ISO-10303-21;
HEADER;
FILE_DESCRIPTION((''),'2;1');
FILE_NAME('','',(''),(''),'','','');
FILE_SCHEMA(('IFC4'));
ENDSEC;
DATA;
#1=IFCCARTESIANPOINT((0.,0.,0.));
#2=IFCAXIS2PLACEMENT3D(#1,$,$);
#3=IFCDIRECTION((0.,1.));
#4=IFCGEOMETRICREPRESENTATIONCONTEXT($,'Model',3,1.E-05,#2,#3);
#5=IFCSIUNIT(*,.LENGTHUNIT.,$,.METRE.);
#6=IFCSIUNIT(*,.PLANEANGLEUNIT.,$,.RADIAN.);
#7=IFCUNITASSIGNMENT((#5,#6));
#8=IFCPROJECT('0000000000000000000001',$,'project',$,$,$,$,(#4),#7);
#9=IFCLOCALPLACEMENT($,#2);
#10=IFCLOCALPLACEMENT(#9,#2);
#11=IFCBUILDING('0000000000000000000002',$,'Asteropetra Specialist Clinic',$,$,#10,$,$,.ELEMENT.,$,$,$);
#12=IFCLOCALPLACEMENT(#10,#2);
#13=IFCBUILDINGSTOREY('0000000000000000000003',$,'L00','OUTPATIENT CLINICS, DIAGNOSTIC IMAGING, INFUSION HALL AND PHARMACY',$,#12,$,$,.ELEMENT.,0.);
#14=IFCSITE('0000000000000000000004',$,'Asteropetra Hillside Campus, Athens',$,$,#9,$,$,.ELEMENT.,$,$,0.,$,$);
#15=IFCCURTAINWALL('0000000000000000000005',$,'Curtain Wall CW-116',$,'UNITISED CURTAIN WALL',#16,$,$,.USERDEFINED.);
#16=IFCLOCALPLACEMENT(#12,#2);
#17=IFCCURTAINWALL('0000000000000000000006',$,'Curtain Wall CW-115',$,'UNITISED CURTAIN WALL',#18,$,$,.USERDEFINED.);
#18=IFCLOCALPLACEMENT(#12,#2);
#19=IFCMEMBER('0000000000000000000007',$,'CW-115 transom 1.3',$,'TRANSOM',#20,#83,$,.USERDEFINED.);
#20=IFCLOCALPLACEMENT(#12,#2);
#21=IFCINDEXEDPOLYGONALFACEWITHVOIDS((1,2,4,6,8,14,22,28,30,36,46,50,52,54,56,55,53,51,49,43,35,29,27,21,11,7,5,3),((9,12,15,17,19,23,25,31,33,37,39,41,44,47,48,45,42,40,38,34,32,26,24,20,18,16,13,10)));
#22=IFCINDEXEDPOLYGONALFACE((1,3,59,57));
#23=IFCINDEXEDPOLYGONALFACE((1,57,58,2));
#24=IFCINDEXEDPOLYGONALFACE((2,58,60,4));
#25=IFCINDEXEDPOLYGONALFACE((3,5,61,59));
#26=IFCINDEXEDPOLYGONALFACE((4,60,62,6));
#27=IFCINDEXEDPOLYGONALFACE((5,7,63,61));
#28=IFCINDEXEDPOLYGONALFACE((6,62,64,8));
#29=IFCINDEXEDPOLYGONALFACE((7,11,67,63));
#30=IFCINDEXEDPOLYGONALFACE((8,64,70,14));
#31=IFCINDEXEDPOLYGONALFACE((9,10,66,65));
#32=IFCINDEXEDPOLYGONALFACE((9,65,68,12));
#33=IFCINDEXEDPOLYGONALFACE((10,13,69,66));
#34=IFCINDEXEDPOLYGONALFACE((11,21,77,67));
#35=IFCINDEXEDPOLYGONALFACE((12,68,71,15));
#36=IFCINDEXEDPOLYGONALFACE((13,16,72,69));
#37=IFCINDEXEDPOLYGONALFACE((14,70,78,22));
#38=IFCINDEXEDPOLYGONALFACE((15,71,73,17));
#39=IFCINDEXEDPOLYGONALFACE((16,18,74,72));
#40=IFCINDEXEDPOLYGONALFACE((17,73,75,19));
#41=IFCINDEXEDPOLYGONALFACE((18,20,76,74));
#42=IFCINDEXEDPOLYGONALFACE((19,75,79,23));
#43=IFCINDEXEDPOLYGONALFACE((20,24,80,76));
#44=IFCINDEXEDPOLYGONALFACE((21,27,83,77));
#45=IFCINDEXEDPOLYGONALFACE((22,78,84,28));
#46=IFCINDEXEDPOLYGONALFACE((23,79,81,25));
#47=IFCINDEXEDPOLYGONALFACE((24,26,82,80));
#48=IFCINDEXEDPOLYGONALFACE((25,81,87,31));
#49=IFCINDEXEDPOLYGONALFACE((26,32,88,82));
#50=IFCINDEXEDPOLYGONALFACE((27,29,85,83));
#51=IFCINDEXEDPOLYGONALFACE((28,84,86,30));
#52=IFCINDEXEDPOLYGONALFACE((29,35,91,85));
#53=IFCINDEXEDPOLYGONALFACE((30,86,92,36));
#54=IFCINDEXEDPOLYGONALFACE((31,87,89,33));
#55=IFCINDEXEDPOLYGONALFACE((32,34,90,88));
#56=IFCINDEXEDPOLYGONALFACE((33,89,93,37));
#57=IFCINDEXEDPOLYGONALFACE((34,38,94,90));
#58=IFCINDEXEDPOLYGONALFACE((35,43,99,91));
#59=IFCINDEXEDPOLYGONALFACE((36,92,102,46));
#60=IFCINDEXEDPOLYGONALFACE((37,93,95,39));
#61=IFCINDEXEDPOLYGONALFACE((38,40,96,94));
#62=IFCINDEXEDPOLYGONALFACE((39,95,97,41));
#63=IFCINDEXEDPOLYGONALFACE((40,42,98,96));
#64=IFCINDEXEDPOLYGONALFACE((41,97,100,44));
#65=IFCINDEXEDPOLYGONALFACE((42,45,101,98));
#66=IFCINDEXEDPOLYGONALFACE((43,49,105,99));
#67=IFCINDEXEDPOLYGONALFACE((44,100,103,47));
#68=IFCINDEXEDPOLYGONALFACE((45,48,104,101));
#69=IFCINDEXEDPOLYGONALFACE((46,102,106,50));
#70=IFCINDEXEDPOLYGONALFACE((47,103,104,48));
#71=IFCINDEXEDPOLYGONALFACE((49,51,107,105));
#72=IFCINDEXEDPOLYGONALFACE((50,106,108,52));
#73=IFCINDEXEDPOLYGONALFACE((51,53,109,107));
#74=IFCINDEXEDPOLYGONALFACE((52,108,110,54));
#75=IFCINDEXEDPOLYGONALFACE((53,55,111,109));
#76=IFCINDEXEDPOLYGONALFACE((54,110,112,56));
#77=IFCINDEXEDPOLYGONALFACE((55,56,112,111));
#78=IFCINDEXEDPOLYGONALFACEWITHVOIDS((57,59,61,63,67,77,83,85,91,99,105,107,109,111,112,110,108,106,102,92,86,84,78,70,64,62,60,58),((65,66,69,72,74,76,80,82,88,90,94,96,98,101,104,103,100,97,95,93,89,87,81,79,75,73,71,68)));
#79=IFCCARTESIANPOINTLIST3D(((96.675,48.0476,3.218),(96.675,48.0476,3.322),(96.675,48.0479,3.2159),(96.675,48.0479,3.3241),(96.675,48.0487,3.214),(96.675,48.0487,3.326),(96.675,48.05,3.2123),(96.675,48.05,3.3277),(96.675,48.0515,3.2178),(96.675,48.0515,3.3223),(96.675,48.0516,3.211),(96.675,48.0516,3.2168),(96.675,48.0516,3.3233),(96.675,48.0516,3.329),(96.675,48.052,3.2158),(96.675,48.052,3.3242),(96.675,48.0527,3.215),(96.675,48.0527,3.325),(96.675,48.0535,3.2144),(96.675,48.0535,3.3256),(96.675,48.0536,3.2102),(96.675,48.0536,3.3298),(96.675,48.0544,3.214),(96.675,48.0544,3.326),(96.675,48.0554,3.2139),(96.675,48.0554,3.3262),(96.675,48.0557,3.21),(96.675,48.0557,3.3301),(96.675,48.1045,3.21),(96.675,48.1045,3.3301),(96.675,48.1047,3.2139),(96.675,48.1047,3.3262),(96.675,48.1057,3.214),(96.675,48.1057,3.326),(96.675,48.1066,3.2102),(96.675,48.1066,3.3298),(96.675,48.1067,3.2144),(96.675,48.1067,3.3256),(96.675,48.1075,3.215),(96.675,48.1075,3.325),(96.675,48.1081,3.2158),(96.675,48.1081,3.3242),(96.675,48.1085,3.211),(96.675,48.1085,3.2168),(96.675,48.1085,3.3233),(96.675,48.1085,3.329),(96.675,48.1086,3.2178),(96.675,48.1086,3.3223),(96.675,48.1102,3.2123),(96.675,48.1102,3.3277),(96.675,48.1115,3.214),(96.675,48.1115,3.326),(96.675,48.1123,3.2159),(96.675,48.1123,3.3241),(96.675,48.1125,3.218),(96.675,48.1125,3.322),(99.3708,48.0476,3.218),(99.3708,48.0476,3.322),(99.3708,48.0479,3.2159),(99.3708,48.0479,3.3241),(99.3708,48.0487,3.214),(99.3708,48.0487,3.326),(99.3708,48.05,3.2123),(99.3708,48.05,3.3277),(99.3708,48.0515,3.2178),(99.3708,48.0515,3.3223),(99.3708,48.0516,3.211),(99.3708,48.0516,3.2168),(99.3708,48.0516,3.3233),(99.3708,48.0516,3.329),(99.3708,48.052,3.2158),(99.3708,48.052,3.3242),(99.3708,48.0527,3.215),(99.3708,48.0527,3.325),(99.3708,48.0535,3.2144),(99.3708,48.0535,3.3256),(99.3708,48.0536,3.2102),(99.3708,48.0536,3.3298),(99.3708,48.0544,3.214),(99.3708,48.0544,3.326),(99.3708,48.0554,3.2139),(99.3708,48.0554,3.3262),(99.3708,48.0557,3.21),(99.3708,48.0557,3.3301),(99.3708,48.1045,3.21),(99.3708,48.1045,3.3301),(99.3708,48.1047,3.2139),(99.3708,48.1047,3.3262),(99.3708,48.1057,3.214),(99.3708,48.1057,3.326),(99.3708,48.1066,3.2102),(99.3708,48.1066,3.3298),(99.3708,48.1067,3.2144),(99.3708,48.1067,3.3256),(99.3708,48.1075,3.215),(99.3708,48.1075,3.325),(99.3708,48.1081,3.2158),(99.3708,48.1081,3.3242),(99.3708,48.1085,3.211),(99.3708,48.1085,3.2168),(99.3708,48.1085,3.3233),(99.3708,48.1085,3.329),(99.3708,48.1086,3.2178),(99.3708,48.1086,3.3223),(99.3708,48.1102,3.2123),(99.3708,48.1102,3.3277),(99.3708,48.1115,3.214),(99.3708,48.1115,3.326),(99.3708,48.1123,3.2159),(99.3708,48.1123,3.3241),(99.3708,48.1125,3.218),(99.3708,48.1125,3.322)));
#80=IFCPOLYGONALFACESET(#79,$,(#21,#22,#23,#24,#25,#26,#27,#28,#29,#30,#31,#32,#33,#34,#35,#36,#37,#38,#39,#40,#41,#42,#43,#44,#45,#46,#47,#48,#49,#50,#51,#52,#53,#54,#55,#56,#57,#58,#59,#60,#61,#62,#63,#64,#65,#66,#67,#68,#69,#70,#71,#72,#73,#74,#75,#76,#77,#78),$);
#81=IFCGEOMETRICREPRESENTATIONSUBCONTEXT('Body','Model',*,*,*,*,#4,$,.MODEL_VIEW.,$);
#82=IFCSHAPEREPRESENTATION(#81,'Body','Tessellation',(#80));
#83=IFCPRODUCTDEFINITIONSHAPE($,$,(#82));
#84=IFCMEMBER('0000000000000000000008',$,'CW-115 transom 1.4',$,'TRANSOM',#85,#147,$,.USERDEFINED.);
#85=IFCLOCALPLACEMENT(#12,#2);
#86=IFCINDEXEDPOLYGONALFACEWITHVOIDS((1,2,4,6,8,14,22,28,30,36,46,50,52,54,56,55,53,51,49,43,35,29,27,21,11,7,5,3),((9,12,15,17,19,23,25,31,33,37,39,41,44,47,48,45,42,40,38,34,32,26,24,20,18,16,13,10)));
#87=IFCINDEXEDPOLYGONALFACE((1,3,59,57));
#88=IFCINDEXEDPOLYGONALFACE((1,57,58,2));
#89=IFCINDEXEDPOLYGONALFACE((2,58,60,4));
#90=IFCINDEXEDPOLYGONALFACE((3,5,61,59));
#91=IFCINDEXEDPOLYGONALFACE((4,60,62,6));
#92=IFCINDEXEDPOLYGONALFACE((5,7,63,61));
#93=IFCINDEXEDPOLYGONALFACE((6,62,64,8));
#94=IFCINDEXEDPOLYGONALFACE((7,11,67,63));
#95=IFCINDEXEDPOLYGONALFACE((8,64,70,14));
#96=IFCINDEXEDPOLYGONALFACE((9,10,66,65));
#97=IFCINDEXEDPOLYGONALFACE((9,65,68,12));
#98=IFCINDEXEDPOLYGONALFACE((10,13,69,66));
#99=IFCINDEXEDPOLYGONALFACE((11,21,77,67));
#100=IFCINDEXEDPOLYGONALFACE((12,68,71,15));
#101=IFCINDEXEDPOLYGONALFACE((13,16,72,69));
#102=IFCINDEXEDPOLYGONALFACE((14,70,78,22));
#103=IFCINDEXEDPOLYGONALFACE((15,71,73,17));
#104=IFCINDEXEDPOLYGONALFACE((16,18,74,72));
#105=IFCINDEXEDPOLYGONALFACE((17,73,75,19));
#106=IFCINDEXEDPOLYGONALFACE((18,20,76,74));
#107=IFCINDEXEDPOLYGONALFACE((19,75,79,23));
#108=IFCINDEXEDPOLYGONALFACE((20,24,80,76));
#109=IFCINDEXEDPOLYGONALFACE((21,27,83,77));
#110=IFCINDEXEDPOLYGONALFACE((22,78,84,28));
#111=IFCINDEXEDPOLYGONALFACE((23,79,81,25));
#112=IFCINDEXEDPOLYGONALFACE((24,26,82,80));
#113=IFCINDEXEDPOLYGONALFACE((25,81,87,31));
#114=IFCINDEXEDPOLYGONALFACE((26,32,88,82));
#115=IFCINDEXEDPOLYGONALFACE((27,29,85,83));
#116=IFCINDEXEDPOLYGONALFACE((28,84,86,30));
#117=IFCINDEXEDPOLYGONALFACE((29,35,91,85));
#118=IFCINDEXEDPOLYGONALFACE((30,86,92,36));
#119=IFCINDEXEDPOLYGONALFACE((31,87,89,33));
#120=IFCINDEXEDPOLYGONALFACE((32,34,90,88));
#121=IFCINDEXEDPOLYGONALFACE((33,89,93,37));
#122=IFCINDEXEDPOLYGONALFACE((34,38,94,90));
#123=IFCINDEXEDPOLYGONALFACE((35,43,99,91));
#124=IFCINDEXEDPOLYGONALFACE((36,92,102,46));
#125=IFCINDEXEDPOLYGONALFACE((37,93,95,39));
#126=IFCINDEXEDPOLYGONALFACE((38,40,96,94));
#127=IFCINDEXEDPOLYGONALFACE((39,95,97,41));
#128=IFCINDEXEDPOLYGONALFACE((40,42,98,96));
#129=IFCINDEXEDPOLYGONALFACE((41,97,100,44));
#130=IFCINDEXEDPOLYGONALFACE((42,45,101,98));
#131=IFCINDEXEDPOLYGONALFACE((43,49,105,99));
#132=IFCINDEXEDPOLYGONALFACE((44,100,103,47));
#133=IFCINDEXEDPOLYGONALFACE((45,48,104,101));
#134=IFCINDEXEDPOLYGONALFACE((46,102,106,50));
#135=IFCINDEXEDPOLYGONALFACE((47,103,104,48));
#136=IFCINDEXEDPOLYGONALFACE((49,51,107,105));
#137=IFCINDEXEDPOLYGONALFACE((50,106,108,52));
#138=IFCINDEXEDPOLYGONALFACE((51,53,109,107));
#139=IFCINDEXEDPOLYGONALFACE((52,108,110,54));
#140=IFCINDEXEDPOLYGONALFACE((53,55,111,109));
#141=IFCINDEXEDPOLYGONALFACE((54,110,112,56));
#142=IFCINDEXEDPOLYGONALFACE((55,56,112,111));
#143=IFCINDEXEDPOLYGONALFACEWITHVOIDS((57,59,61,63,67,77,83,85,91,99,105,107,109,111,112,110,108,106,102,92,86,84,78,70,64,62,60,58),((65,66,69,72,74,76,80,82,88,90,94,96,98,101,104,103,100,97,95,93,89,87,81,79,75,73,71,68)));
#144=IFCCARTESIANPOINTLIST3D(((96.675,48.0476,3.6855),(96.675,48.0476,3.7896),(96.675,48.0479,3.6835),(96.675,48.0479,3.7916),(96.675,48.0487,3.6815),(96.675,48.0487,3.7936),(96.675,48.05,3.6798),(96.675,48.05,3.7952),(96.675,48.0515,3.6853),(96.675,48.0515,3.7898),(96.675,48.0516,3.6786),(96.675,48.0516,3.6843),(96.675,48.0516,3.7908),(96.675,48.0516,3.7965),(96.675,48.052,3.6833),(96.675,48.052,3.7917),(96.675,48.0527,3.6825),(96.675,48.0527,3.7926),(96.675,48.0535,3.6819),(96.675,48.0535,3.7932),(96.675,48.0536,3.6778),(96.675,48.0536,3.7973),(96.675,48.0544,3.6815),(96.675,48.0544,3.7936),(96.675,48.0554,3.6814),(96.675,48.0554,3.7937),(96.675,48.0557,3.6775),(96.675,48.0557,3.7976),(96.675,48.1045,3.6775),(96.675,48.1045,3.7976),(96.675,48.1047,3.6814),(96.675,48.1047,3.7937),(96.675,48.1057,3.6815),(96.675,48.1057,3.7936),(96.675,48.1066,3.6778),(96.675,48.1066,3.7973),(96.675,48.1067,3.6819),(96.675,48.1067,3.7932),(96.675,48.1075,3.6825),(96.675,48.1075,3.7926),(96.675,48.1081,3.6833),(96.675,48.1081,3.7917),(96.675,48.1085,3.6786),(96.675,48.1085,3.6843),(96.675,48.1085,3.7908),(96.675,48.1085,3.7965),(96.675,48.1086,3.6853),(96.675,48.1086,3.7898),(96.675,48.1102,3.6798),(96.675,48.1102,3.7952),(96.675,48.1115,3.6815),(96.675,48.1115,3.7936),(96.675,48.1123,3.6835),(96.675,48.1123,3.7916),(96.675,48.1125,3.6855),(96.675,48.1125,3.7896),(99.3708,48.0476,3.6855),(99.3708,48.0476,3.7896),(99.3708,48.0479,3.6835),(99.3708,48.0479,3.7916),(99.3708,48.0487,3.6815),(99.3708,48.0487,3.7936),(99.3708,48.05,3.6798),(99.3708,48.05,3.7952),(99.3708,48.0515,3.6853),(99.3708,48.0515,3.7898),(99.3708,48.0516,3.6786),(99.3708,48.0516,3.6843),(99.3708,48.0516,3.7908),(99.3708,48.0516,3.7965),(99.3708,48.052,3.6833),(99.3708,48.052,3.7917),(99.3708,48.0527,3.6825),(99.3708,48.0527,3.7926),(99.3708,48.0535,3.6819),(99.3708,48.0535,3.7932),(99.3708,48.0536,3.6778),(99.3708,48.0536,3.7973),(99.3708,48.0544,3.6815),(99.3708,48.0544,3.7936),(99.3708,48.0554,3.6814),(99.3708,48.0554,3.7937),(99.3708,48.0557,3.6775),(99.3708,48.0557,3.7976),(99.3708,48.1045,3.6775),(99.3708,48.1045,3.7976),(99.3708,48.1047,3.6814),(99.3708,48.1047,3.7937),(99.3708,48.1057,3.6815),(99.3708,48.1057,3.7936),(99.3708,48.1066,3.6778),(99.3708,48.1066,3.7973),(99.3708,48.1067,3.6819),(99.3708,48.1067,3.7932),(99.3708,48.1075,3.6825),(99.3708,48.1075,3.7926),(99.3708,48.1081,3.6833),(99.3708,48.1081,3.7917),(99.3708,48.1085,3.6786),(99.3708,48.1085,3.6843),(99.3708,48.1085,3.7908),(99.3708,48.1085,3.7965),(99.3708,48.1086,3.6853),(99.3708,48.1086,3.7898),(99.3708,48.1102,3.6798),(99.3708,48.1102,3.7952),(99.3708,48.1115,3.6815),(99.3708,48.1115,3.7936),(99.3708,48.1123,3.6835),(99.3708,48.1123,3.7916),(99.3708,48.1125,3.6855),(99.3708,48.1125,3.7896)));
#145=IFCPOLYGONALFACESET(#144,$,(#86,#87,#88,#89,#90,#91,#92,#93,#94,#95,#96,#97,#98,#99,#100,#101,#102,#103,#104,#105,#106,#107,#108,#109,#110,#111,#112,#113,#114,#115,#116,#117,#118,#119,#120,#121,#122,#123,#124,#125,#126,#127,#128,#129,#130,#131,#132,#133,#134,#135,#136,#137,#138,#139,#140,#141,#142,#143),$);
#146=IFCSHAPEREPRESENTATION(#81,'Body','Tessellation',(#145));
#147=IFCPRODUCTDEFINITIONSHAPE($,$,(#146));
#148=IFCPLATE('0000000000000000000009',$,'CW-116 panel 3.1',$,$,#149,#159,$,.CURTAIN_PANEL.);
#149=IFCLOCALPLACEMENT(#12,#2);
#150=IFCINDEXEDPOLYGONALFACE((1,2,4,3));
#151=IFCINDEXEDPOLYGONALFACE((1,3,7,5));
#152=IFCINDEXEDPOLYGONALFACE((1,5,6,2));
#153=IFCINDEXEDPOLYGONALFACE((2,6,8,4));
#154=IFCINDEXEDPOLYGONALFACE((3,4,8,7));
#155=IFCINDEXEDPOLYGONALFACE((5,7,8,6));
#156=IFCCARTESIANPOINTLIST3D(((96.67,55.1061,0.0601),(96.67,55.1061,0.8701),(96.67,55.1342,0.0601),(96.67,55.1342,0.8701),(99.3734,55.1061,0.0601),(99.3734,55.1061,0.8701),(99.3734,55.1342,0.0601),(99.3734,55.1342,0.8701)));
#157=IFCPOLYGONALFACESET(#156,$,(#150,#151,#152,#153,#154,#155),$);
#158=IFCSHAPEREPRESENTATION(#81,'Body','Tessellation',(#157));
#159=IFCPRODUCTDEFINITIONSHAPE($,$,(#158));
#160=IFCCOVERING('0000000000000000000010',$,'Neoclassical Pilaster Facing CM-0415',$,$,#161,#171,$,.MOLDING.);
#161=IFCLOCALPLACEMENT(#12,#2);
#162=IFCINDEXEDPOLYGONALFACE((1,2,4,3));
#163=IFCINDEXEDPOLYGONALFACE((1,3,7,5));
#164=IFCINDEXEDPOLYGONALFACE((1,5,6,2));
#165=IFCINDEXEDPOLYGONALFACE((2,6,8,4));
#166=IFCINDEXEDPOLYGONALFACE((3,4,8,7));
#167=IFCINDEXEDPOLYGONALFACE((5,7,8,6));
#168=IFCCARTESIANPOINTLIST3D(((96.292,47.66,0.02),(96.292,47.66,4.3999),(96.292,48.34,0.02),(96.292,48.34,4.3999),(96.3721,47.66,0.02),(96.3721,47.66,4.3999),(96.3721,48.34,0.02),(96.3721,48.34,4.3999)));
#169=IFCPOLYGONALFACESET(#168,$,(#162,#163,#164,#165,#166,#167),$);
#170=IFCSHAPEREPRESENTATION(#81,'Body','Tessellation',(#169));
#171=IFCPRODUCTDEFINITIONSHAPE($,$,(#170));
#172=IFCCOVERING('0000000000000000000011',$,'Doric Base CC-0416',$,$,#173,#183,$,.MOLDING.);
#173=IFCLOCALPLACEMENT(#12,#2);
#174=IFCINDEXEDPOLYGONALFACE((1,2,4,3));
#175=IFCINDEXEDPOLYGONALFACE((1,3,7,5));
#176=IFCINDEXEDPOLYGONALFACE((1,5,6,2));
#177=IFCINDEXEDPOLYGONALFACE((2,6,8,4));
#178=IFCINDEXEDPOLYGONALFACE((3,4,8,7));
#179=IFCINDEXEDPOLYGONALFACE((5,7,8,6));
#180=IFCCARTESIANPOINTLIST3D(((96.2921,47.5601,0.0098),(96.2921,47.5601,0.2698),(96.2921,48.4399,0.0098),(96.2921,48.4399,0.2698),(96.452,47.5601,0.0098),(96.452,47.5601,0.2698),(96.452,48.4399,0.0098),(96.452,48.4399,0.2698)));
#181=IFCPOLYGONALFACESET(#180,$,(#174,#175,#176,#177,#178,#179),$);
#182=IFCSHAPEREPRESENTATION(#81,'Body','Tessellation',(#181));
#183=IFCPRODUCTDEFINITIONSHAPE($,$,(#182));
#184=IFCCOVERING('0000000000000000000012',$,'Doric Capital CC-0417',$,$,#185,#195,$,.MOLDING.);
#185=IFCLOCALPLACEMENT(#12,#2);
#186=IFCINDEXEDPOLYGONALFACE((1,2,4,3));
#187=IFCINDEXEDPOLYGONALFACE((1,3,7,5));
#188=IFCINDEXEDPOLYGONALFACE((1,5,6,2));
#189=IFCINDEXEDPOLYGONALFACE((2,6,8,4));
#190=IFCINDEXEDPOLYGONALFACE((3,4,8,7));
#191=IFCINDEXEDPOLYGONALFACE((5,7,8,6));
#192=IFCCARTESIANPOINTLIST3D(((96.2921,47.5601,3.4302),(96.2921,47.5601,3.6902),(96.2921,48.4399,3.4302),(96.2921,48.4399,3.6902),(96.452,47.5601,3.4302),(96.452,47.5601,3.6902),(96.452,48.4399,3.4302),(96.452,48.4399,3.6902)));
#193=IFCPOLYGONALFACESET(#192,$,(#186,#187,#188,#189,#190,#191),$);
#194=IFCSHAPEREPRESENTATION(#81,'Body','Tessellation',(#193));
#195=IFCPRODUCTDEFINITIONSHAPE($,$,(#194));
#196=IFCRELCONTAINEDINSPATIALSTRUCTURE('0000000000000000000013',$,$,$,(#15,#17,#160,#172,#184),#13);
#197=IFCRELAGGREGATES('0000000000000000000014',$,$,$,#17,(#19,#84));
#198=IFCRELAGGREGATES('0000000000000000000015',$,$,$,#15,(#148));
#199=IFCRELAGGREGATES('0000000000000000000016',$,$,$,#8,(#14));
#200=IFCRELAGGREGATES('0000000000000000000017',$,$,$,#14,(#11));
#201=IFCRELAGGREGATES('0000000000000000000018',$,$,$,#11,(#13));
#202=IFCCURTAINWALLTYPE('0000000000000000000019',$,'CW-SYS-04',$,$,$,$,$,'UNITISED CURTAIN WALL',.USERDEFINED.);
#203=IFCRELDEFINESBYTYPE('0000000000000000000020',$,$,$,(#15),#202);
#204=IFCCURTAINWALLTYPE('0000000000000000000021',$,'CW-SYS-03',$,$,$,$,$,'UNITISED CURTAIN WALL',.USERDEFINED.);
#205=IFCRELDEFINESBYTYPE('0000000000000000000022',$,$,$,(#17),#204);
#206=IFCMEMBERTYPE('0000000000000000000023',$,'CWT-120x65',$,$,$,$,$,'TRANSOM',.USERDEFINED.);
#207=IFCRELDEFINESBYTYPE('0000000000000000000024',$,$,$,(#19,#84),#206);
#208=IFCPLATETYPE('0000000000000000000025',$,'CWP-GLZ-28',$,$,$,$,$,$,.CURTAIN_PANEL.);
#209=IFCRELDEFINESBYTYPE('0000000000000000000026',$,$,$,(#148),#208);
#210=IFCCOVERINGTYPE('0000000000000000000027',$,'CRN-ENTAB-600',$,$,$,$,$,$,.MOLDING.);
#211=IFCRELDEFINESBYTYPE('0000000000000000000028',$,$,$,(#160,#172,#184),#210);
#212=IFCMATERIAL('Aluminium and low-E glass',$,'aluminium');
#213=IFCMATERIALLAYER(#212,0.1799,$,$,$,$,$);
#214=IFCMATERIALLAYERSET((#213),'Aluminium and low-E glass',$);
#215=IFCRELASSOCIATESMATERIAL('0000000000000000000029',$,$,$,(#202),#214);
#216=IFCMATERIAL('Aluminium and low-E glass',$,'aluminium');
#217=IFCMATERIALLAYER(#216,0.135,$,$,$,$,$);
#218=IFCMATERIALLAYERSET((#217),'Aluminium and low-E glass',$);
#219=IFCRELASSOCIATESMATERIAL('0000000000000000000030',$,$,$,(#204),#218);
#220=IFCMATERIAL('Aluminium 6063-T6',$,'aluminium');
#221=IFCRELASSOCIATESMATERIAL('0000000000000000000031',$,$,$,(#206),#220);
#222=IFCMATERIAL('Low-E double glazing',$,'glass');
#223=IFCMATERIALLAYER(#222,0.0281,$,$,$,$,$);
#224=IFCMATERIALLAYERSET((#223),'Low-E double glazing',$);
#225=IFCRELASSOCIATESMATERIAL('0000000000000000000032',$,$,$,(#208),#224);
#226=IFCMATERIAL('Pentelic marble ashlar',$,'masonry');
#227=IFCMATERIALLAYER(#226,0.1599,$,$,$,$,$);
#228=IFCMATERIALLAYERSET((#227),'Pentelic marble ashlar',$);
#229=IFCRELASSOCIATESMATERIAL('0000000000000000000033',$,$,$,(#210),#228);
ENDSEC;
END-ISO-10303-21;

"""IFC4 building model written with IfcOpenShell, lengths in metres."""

from ifc_helpers import new_model, si_unit, direction, frame, origin, origin_2d, place, context, subcontext, project, spatial, rectangle, hollow_rectangle, extrude, material, layer, layer_set, material_profile, profile_set, type_object, element, aggregate, save


model = new_model("IFC4")

# Units and contexts
model_context = context("Model", 3, precision=1e-05, world=origin(), true_north=direction((0.0, 1.0)))
body_context = subcontext(model_context, "Body", "Model", "MODEL_VIEW")
ifc_project = project(units=[si_unit("LENGTHUNIT", "METRE"), si_unit("PLANEANGLEUNIT", "RADIAN")], contexts=[model_context])

# Site, building, storey
site_placement = place(None, origin())
site = spatial("IfcSite", under=ifc_project, at=site_placement, Name="Asteropetra Hillside Campus, Athens", CompositionType="ELEMENT", RefElevation=0.0)
building_placement = place(site_placement, origin())
building = spatial("IfcBuilding", under=site, at=building_placement, Name="Asteropetra Specialist Clinic", CompositionType="ELEMENT")
storey_placement = place(building_placement, origin())
storey = spatial("IfcBuildingStorey", under=building, at=storey_placement, Name="L00", Description="OUTPATIENT CLINICS, DIAGNOSTIC IMAGING, INFUSION HALL AND PHARMACY", CompositionType="ELEMENT", Elevation=0.0)

# Curtain wall
ifc_material_1 = material(Name="Aluminium and low-E glass", Category="aluminium")
ifc_layer_1 = layer(ifc_material_1, 0.1799)
ifc_layer_set_1 = layer_set([ifc_layer_1], Name="Aluminium and low-E glass")
curtain_wall_type_1 = type_object("IfcCurtainWallType", Name="CW-SYS-04", ElementType="UNITISED CURTAIN WALL", PredefinedType="USERDEFINED", material=ifc_layer_set_1)
curtain_wall_1_placement = place(storey_placement, origin())
curtain_wall_1 = element("IfcCurtainWall", 1, at=curtain_wall_1_placement, inside=storey, type_object=curtain_wall_type_1, Name="Curtain Wall CW-116", ObjectType="UNITISED CURTAIN WALL", PredefinedType="USERDEFINED")

# Curtain wall, members
ifc_material_2 = material(Name="Aluminium and low-E glass", Category="aluminium")
ifc_layer_2 = layer(ifc_material_2, 0.135)
ifc_layer_set_2 = layer_set([ifc_layer_2], Name="Aluminium and low-E glass")
curtain_wall_type_2 = type_object("IfcCurtainWallType", Name="CW-SYS-03", ElementType="UNITISED CURTAIN WALL", PredefinedType="USERDEFINED", material=ifc_layer_set_2)
curtain_wall_2_placement = place(storey_placement, origin())
curtain_wall_2 = element("IfcCurtainWall", 2, at=curtain_wall_2_placement, inside=storey, type_object=curtain_wall_type_2, Name="Curtain Wall CW-115", ObjectType="UNITISED CURTAIN WALL", PredefinedType="USERDEFINED")
ifc_material_3 = material(Name="Aluminium 6063-T6", Category="aluminium")
ifc_material_profile_1 = material_profile(ifc_material_3, hollow_rectangle(XDim=0.0649, YDim=0.1201, WallThickness=0.0039, InnerFilletRadius=0.0039, OuterFilletRadius=0.0081, at=origin_2d()), Name="TRN 120x65x4.0")
ifc_profile_set_1 = profile_set([ifc_material_profile_1], Name="Aluminium 6063-T6")
member_type_1 = type_object("IfcMemberType", Name="CWT-120x65", ElementType="TRANSOM", PredefinedType="USERDEFINED", material=ifc_profile_set_1)
member_1_placement = place(storey_placement, frame((96.675, 48.0801, 3.27), z_axis=(1.0, 0.0, 0.0), x_axis=(0.0, 1.0, 0.0)))
member_1 = element("IfcMember", 3, at=member_1_placement, type_object=member_type_1, Name="CW-115 transom 1.3", ObjectType="TRANSOM", PredefinedType="USERDEFINED", context=body_context, shape_type="SweptSolid", body=[
    extrude(hollow_rectangle(XDim=0.0649, YDim=0.1201, WallThickness=0.0039, InnerFilletRadius=0.0039, OuterFilletRadius=0.0081, at=origin_2d()), origin(), (0.0, 0.0, 1.0), 2.6958),
])
member_2_placement = place(storey_placement, frame((96.675, 48.0801, 3.7375), z_axis=(1.0, 0.0, 0.0), x_axis=(0.0, 1.0, 0.0)))
member_2 = element("IfcMember", 4, at=member_2_placement, type_object=member_type_1, Name="CW-115 transom 1.4", ObjectType="TRANSOM", PredefinedType="USERDEFINED", context=body_context, shape_type="SweptSolid", body=[
    extrude(hollow_rectangle(XDim=0.0649, YDim=0.1201, WallThickness=0.0039, InnerFilletRadius=0.0039, OuterFilletRadius=0.0081, at=origin_2d()), origin(), (0.0, 0.0, 1.0), 2.6958),
])
aggregate(curtain_wall_2, [member_1, member_2])

# Plate
ifc_material_4 = material(Name="Low-E double glazing", Category="glass")
ifc_layer_3 = layer(ifc_material_4, 0.0281)
ifc_layer_set_3 = layer_set([ifc_layer_3], Name="Low-E double glazing")
plate_type = type_object("IfcPlateType", Name="CWP-GLZ-28", PredefinedType="CURTAIN_PANEL", material=ifc_layer_set_3)
plate_placement = place(storey_placement, frame((98.0217, 55.1201, 0.0601), z_axis=(0.0, 0.0, 1.0), x_axis=(-1.0, 0.0, 0.0)))
plate = element("IfcPlate", 5, at=plate_placement, type_object=plate_type, Name="CW-116 panel 3.1", PredefinedType="CURTAIN_PANEL", context=body_context, shape_type="SweptSolid", body=[
    extrude(rectangle(XDim=2.7034, YDim=0.0281, at=origin_2d()), origin(), (0.0, 0.0, 1.0), 0.8101),
])
aggregate(curtain_wall_1, [plate])

# Coverings
ifc_material_5 = material(Name="Pentelic marble ashlar", Category="masonry")
ifc_layer_4 = layer(ifc_material_5, 0.1599)
ifc_layer_set_4 = layer_set([ifc_layer_4], Name="Pentelic marble ashlar")
covering_type = type_object("IfcCoveringType", Name="CRN-ENTAB-600", PredefinedType="MOLDING", material=ifc_layer_set_4)
covering_placement = place(storey_placement, frame((96.332, 48.0, 0.02), z_axis=(0.0, 0.0, 1.0), x_axis=(1.0, 0.0, 0.0)))
element("IfcCovering", 6, at=covering_placement, inside=storey, type_object=covering_type, Name="Neoclassical Pilaster Facing CM-0415", PredefinedType="MOLDING", context=body_context, shape_type="SweptSolid", body=[
    extrude(rectangle(XDim=0.0801, YDim=0.6799, at=origin_2d()), origin(), (0.0, 0.0, 1.0), 4.3799),
])
for number, where, z_axis, x_axis, name in (
    (7, (96.3721, 48.0, 0.0098), (0.0, 0.0, 1.0), (1.0, 0.0, 0.0), "Doric Base CC-0416"),
    (8, (96.3721, 48.0, 3.4302), (0.0, 0.0, 1.0), (1.0, 0.0, 0.0), "Doric Capital CC-0417"),
):
    element("IfcCovering", number, at=place(storey_placement, frame(where, z_axis=z_axis, x_axis=x_axis)), inside=storey, type_object=covering_type, Name=name, PredefinedType="MOLDING", context=body_context, shape_type="SweptSolid", body=[
        extrude(rectangle(XDim=0.1599, YDim=0.8799, at=origin_2d()), origin(), (0.0, 0.0, 1.0), 0.26),
    ])

save(model, "model.ifc")
